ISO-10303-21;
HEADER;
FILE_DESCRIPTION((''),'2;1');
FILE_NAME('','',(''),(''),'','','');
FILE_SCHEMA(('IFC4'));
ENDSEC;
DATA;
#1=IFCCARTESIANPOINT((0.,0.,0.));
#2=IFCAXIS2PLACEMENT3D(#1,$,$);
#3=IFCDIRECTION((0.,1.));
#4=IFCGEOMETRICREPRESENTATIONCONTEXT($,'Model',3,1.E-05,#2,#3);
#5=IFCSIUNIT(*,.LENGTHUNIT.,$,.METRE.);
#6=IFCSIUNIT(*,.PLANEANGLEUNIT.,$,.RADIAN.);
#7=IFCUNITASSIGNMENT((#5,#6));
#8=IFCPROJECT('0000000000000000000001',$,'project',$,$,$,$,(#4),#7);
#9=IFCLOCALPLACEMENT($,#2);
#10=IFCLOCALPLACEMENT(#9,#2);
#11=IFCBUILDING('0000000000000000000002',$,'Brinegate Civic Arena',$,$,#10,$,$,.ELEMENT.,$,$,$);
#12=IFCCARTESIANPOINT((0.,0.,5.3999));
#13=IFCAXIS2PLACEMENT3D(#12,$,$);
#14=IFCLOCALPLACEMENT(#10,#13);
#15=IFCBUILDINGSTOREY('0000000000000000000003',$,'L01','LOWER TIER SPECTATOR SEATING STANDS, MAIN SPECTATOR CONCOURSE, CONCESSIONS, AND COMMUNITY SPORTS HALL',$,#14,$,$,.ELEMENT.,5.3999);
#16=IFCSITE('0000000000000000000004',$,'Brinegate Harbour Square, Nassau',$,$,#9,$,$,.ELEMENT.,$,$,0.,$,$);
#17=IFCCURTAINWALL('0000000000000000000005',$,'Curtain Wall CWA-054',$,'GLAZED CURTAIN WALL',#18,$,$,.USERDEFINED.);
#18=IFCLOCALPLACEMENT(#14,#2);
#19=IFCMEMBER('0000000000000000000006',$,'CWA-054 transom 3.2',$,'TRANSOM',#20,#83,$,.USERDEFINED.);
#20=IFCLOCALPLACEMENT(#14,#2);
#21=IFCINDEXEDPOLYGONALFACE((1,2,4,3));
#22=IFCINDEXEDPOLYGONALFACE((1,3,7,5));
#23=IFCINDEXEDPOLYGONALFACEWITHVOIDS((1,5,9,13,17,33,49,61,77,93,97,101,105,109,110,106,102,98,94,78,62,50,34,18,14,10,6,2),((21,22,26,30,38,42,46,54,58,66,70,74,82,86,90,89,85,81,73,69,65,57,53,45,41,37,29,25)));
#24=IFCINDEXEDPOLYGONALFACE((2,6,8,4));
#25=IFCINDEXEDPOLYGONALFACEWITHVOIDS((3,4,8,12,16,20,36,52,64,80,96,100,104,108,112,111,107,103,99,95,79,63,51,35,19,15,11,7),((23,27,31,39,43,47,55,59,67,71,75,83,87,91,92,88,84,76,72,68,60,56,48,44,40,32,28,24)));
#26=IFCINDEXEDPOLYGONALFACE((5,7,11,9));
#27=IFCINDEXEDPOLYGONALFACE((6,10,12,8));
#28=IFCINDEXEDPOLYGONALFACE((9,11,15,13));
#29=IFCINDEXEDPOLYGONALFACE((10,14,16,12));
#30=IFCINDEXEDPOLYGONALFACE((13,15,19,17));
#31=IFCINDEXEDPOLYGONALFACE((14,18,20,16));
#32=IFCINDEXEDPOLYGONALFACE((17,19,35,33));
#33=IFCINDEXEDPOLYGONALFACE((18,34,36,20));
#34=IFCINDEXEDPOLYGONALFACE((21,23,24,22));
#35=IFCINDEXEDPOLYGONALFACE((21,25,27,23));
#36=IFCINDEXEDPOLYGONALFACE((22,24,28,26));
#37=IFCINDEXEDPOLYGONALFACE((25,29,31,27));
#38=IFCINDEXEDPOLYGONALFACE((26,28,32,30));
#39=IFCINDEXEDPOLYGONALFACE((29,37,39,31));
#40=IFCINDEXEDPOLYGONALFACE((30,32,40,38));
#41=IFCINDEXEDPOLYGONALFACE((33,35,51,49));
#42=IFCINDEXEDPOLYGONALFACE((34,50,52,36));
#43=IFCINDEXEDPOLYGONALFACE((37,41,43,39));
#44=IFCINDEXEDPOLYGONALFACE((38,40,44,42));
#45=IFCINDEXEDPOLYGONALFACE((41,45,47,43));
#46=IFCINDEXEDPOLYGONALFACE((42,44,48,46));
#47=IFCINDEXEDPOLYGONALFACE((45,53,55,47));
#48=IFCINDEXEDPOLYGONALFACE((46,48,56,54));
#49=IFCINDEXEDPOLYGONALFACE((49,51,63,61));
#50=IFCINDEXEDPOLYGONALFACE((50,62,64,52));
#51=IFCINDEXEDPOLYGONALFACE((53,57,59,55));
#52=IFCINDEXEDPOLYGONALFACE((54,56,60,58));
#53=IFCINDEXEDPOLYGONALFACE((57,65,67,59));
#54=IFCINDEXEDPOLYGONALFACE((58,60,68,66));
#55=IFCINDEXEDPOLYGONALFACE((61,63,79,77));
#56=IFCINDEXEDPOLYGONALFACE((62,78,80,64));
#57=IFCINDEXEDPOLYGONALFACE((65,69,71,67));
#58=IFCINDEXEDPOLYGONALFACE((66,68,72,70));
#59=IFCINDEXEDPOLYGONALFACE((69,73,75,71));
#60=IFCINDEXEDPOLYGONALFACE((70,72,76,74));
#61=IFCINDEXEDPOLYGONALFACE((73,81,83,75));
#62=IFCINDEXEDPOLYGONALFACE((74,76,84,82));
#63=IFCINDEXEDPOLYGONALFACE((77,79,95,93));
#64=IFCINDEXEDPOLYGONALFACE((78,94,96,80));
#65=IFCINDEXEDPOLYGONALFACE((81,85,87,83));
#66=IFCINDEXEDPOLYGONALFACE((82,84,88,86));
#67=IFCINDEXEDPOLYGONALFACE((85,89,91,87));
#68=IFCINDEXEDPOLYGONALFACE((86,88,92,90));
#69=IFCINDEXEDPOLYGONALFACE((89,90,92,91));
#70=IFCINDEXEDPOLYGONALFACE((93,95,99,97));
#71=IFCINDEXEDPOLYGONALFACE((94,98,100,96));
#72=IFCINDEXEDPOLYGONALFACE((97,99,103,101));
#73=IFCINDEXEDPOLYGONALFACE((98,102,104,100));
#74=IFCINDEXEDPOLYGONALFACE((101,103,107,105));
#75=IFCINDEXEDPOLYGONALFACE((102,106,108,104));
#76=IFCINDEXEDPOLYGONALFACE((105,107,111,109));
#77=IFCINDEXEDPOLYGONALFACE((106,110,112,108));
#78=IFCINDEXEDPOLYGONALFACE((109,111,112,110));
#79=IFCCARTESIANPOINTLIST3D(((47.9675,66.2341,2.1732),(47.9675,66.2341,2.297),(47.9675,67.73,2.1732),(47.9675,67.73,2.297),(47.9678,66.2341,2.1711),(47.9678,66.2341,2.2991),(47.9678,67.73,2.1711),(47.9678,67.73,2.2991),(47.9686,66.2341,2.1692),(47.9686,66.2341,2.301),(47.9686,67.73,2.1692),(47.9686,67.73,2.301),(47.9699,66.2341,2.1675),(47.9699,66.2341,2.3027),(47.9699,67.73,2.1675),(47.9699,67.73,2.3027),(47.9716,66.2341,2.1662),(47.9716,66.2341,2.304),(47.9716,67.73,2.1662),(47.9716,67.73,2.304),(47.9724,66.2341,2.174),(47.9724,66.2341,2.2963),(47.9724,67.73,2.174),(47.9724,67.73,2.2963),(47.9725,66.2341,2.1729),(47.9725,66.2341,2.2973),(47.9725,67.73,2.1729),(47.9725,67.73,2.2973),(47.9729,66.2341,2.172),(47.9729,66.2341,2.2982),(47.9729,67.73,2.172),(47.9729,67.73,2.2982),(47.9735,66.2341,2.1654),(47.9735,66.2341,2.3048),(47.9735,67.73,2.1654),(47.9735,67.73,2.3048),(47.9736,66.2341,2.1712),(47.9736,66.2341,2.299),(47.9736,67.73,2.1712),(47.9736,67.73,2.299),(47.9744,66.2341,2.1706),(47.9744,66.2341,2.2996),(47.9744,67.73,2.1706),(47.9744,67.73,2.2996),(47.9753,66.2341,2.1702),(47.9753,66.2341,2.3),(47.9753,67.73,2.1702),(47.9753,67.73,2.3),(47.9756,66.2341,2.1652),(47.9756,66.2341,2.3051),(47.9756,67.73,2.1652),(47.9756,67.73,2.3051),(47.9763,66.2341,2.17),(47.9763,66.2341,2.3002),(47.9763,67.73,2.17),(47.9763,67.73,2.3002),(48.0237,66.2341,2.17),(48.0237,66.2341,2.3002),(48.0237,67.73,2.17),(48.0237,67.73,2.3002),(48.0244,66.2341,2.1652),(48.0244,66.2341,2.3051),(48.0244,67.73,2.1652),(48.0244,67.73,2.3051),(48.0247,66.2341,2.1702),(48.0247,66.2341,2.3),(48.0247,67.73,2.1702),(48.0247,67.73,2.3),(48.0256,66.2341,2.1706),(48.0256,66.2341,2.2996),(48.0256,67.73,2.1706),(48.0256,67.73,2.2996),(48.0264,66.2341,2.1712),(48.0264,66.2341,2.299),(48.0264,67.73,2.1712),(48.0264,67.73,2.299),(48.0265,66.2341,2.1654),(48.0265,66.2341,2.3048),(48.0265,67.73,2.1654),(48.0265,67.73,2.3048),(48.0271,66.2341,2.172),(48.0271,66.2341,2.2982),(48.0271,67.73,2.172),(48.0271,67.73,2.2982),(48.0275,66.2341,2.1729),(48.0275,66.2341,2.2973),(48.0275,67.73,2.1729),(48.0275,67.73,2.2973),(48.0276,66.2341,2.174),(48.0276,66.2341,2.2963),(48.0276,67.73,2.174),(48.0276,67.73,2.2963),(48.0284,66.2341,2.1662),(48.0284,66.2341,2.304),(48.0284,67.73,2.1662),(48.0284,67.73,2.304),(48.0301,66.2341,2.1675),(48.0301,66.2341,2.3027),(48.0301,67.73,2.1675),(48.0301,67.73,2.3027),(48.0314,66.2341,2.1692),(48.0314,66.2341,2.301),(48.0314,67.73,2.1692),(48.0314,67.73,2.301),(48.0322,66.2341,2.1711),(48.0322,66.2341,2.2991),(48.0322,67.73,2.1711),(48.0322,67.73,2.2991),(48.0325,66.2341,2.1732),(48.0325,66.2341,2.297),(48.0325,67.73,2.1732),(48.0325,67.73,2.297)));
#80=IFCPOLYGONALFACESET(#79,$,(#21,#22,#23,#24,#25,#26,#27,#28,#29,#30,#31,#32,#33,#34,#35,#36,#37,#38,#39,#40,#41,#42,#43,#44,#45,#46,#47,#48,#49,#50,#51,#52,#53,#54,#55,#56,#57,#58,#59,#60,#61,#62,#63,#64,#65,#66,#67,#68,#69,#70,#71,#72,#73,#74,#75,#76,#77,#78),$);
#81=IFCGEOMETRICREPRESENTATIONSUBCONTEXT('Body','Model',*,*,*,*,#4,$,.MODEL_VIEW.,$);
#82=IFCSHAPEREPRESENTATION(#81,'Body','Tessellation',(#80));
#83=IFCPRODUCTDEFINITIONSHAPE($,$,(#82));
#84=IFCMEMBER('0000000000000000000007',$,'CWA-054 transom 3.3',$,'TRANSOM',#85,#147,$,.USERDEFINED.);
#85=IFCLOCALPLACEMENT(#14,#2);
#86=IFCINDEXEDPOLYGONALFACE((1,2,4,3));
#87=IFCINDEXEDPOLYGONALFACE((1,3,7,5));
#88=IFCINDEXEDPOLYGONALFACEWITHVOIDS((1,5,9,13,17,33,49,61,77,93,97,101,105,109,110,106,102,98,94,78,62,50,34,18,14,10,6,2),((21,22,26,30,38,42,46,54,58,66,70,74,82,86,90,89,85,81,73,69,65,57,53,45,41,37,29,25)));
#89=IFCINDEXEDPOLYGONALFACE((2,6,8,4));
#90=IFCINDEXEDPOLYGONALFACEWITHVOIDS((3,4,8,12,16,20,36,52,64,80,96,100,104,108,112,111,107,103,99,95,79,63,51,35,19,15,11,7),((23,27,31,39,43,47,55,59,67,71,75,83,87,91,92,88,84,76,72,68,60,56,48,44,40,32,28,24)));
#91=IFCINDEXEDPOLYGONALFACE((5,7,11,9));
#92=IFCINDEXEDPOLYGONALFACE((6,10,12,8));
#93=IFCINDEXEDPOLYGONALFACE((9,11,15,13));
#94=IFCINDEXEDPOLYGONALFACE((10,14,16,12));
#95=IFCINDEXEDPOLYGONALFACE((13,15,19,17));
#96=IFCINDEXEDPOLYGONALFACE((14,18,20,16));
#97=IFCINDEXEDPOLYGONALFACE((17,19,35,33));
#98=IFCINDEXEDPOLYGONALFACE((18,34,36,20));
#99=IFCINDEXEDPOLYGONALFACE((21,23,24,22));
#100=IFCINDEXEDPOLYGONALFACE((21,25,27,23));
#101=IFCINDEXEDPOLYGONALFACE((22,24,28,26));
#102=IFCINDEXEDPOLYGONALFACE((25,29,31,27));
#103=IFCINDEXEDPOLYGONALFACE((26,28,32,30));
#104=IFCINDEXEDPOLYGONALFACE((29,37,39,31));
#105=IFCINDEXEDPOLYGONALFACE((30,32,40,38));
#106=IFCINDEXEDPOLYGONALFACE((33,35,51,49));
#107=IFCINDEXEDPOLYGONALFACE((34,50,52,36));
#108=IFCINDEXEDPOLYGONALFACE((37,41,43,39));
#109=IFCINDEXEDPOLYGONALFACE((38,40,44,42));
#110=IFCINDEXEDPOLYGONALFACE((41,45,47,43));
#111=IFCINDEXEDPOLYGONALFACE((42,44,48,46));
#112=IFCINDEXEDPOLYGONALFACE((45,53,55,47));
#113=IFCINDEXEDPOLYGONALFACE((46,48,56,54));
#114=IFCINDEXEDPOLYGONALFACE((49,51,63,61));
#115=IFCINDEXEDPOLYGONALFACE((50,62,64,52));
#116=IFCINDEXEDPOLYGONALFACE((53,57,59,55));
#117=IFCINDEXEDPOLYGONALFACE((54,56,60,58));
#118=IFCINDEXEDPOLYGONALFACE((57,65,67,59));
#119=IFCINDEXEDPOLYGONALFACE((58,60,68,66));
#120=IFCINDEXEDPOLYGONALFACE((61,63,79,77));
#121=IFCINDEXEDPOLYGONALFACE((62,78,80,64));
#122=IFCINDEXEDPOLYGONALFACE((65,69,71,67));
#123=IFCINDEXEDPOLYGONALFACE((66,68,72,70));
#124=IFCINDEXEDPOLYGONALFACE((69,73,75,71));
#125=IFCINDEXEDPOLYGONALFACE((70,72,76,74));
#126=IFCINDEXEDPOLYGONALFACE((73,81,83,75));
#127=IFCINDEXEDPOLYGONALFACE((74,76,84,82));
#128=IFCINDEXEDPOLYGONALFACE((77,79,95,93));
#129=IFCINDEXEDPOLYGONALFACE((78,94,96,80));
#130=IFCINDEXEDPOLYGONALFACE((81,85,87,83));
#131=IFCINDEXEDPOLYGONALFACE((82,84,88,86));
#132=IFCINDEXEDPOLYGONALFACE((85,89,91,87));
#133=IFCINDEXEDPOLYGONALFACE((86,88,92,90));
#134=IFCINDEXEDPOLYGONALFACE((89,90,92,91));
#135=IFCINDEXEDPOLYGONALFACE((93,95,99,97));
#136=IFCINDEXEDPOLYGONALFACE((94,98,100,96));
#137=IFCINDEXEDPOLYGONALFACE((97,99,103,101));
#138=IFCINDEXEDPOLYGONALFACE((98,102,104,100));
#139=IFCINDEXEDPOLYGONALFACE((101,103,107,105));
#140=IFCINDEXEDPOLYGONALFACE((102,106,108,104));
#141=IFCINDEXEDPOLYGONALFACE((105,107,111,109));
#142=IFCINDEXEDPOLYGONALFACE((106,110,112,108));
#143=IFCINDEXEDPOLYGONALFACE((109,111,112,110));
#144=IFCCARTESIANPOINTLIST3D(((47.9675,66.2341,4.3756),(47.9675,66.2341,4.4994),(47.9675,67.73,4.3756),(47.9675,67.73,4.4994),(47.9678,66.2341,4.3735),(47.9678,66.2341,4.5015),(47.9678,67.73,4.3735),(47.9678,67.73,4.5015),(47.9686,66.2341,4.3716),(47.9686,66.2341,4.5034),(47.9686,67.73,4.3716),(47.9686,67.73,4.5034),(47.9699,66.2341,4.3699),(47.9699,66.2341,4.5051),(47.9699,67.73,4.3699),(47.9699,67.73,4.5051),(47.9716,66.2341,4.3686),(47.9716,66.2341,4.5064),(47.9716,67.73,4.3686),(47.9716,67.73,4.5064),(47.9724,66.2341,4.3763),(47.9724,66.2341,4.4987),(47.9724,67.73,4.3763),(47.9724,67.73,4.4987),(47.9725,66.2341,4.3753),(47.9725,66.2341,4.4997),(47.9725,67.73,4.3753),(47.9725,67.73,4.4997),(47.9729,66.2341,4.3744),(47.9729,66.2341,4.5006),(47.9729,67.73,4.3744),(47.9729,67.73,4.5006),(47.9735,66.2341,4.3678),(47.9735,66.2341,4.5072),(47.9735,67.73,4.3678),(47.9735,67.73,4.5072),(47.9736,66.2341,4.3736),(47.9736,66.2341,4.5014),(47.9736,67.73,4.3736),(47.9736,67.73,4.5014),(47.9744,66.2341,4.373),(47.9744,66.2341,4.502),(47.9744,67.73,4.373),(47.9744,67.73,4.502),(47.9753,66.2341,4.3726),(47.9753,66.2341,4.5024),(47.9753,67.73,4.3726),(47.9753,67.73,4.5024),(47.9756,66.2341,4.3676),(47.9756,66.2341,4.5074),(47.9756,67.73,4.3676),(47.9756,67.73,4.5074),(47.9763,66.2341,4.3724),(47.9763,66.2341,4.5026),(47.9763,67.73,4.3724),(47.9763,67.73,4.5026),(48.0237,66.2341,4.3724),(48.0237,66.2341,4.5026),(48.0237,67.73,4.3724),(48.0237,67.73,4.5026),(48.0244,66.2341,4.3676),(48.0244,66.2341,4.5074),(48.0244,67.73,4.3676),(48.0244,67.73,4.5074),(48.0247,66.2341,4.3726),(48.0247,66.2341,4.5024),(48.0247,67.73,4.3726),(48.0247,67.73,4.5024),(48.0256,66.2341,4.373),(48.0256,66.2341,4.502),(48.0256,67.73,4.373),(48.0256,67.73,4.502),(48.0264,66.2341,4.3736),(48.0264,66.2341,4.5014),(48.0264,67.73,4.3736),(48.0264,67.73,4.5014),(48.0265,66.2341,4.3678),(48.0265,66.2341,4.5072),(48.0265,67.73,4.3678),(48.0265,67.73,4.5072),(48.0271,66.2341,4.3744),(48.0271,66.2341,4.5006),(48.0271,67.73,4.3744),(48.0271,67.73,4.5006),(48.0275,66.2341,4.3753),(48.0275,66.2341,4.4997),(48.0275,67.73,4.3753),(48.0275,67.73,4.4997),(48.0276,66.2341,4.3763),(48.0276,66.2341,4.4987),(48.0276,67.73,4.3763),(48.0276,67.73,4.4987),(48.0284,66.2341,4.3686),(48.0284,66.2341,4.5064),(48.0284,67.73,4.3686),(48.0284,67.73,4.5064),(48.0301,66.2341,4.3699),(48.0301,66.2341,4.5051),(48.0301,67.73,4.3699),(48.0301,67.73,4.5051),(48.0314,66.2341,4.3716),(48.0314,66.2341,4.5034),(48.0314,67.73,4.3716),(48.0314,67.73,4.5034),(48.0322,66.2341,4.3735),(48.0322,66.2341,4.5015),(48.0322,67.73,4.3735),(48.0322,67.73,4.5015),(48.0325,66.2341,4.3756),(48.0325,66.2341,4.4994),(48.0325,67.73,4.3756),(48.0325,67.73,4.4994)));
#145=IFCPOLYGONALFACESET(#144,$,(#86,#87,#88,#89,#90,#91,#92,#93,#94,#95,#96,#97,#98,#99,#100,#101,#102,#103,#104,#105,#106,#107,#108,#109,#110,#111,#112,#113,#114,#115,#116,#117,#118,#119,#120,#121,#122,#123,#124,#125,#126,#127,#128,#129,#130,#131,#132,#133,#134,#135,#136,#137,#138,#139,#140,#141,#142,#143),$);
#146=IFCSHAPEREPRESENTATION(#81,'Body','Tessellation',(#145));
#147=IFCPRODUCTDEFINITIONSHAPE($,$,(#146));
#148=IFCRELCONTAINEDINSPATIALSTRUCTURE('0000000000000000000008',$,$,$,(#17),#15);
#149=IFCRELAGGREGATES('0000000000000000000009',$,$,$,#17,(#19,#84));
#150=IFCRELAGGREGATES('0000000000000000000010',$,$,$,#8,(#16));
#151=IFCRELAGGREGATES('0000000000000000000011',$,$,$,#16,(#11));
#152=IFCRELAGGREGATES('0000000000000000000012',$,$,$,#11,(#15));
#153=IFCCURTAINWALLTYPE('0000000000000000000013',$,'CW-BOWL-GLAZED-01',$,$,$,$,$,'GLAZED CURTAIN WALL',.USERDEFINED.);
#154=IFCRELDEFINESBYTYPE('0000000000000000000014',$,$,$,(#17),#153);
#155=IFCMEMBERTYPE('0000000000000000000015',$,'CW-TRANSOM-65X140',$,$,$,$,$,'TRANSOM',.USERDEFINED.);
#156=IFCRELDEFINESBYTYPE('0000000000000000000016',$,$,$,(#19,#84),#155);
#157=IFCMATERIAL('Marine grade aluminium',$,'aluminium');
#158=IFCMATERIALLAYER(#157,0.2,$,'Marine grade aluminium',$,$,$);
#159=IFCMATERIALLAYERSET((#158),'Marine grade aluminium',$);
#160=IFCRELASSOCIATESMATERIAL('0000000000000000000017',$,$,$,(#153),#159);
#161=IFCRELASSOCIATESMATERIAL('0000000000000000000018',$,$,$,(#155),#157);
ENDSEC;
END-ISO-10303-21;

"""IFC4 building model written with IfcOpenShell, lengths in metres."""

from ifc_helpers import new_model, si_unit, direction, frame, origin, origin_2d, place, context, subcontext, project, spatial, hollow_rectangle, extrude, material, layer, layer_set, material_profile, profile_set, type_object, element, aggregate, save


model = new_model("IFC4")

# Units and contexts
model_context = context("Model", 3, precision=1e-05, world=origin(), true_north=direction((0.0, 1.0)))
body_context = subcontext(model_context, "Body", "Model", "MODEL_VIEW")
ifc_project = project(units=[si_unit("LENGTHUNIT", "METRE"), si_unit("PLANEANGLEUNIT", "RADIAN")], contexts=[model_context])

# Site, building, storey
site_placement = place(None, origin())
site = spatial("IfcSite", under=ifc_project, at=site_placement, Name="Brinegate Harbour Square, Nassau", CompositionType="ELEMENT", RefElevation=0.0)
building_placement = place(site_placement, origin())
building = spatial("IfcBuilding", under=site, at=building_placement, Name="Brinegate Civic Arena", CompositionType="ELEMENT")
storey_placement = place(building_placement, frame((0.0, 0.0, 5.3999)))
storey = spatial("IfcBuildingStorey", under=building, at=storey_placement, Name="L01", Description="LOWER TIER SPECTATOR SEATING STANDS, MAIN SPECTATOR CONCOURSE, CONCESSIONS, AND COMMUNITY SPORTS HALL", CompositionType="ELEMENT", Elevation=5.3999)

# Curtain wall, members
ifc_material_1 = material(Name="Marine grade aluminium", Category="aluminium")
ifc_layer_1 = layer(ifc_material_1, 0.2, Name="Marine grade aluminium")
ifc_layer_set_1 = layer_set([ifc_layer_1], Name="Marine grade aluminium")
curtain_wall_type = type_object("IfcCurtainWallType", Name="CW-BOWL-GLAZED-01", ElementType="GLAZED CURTAIN WALL", PredefinedType="USERDEFINED", material=ifc_layer_set_1)
curtain_wall_placement = place(storey_placement, origin())
curtain_wall = element("IfcCurtainWall", 1, at=curtain_wall_placement, inside=storey, type_object=curtain_wall_type, Name="Curtain Wall CWA-054", ObjectType="GLAZED CURTAIN WALL", PredefinedType="USERDEFINED")
ifc_material_profile_1 = material_profile(ifc_material_1, hollow_rectangle(XDim=0.0649, YDim=0.1399, WallThickness=0.0049, InnerFilletRadius=0.0039, OuterFilletRadius=0.0081, at=origin_2d()), Name="TRN65X140")
ifc_profile_set_1 = profile_set([ifc_material_profile_1], Name="Marine grade aluminium")
member_type_1 = type_object("IfcMemberType", Name="CW-TRANSOM-65X140", ElementType="TRANSOM", PredefinedType="USERDEFINED", material=ifc_profile_set_1)
member_1_placement = place(storey_placement, frame((48.0, 66.2341, 2.2351), z_axis=(0.0, 1.0, 0.0), x_axis=(-1.0, 0.0, 0.0)))
member_1 = element("IfcMember", 2, at=member_1_placement, type_object=member_type_1, Name="CWA-054 transom 3.2", ObjectType="TRANSOM", PredefinedType="USERDEFINED", context=body_context, shape_type="SweptSolid", body=[
    extrude(hollow_rectangle(XDim=0.0649, YDim=0.1399, WallThickness=0.0049, InnerFilletRadius=0.0039, OuterFilletRadius=0.0081, at=origin_2d()), origin(), (0.0, 0.0, 1.0), 1.4958),
])
member_2_placement = place(storey_placement, frame((48.0, 66.2341, 4.4375), z_axis=(0.0, 1.0, 0.0), x_axis=(-1.0, 0.0, 0.0)))
member_2 = element("IfcMember", 3, at=member_2_placement, type_object=member_type_1, Name="CWA-054 transom 3.3", ObjectType="TRANSOM", PredefinedType="USERDEFINED", context=body_context, shape_type="SweptSolid", body=[
    extrude(hollow_rectangle(XDim=0.0649, YDim=0.1399, WallThickness=0.0049, InnerFilletRadius=0.0039, OuterFilletRadius=0.0081, at=origin_2d()), origin(), (0.0, 0.0, 1.0), 1.4958),
])
aggregate(curtain_wall, [member_1, member_2])

save(model, "model.ifc")
